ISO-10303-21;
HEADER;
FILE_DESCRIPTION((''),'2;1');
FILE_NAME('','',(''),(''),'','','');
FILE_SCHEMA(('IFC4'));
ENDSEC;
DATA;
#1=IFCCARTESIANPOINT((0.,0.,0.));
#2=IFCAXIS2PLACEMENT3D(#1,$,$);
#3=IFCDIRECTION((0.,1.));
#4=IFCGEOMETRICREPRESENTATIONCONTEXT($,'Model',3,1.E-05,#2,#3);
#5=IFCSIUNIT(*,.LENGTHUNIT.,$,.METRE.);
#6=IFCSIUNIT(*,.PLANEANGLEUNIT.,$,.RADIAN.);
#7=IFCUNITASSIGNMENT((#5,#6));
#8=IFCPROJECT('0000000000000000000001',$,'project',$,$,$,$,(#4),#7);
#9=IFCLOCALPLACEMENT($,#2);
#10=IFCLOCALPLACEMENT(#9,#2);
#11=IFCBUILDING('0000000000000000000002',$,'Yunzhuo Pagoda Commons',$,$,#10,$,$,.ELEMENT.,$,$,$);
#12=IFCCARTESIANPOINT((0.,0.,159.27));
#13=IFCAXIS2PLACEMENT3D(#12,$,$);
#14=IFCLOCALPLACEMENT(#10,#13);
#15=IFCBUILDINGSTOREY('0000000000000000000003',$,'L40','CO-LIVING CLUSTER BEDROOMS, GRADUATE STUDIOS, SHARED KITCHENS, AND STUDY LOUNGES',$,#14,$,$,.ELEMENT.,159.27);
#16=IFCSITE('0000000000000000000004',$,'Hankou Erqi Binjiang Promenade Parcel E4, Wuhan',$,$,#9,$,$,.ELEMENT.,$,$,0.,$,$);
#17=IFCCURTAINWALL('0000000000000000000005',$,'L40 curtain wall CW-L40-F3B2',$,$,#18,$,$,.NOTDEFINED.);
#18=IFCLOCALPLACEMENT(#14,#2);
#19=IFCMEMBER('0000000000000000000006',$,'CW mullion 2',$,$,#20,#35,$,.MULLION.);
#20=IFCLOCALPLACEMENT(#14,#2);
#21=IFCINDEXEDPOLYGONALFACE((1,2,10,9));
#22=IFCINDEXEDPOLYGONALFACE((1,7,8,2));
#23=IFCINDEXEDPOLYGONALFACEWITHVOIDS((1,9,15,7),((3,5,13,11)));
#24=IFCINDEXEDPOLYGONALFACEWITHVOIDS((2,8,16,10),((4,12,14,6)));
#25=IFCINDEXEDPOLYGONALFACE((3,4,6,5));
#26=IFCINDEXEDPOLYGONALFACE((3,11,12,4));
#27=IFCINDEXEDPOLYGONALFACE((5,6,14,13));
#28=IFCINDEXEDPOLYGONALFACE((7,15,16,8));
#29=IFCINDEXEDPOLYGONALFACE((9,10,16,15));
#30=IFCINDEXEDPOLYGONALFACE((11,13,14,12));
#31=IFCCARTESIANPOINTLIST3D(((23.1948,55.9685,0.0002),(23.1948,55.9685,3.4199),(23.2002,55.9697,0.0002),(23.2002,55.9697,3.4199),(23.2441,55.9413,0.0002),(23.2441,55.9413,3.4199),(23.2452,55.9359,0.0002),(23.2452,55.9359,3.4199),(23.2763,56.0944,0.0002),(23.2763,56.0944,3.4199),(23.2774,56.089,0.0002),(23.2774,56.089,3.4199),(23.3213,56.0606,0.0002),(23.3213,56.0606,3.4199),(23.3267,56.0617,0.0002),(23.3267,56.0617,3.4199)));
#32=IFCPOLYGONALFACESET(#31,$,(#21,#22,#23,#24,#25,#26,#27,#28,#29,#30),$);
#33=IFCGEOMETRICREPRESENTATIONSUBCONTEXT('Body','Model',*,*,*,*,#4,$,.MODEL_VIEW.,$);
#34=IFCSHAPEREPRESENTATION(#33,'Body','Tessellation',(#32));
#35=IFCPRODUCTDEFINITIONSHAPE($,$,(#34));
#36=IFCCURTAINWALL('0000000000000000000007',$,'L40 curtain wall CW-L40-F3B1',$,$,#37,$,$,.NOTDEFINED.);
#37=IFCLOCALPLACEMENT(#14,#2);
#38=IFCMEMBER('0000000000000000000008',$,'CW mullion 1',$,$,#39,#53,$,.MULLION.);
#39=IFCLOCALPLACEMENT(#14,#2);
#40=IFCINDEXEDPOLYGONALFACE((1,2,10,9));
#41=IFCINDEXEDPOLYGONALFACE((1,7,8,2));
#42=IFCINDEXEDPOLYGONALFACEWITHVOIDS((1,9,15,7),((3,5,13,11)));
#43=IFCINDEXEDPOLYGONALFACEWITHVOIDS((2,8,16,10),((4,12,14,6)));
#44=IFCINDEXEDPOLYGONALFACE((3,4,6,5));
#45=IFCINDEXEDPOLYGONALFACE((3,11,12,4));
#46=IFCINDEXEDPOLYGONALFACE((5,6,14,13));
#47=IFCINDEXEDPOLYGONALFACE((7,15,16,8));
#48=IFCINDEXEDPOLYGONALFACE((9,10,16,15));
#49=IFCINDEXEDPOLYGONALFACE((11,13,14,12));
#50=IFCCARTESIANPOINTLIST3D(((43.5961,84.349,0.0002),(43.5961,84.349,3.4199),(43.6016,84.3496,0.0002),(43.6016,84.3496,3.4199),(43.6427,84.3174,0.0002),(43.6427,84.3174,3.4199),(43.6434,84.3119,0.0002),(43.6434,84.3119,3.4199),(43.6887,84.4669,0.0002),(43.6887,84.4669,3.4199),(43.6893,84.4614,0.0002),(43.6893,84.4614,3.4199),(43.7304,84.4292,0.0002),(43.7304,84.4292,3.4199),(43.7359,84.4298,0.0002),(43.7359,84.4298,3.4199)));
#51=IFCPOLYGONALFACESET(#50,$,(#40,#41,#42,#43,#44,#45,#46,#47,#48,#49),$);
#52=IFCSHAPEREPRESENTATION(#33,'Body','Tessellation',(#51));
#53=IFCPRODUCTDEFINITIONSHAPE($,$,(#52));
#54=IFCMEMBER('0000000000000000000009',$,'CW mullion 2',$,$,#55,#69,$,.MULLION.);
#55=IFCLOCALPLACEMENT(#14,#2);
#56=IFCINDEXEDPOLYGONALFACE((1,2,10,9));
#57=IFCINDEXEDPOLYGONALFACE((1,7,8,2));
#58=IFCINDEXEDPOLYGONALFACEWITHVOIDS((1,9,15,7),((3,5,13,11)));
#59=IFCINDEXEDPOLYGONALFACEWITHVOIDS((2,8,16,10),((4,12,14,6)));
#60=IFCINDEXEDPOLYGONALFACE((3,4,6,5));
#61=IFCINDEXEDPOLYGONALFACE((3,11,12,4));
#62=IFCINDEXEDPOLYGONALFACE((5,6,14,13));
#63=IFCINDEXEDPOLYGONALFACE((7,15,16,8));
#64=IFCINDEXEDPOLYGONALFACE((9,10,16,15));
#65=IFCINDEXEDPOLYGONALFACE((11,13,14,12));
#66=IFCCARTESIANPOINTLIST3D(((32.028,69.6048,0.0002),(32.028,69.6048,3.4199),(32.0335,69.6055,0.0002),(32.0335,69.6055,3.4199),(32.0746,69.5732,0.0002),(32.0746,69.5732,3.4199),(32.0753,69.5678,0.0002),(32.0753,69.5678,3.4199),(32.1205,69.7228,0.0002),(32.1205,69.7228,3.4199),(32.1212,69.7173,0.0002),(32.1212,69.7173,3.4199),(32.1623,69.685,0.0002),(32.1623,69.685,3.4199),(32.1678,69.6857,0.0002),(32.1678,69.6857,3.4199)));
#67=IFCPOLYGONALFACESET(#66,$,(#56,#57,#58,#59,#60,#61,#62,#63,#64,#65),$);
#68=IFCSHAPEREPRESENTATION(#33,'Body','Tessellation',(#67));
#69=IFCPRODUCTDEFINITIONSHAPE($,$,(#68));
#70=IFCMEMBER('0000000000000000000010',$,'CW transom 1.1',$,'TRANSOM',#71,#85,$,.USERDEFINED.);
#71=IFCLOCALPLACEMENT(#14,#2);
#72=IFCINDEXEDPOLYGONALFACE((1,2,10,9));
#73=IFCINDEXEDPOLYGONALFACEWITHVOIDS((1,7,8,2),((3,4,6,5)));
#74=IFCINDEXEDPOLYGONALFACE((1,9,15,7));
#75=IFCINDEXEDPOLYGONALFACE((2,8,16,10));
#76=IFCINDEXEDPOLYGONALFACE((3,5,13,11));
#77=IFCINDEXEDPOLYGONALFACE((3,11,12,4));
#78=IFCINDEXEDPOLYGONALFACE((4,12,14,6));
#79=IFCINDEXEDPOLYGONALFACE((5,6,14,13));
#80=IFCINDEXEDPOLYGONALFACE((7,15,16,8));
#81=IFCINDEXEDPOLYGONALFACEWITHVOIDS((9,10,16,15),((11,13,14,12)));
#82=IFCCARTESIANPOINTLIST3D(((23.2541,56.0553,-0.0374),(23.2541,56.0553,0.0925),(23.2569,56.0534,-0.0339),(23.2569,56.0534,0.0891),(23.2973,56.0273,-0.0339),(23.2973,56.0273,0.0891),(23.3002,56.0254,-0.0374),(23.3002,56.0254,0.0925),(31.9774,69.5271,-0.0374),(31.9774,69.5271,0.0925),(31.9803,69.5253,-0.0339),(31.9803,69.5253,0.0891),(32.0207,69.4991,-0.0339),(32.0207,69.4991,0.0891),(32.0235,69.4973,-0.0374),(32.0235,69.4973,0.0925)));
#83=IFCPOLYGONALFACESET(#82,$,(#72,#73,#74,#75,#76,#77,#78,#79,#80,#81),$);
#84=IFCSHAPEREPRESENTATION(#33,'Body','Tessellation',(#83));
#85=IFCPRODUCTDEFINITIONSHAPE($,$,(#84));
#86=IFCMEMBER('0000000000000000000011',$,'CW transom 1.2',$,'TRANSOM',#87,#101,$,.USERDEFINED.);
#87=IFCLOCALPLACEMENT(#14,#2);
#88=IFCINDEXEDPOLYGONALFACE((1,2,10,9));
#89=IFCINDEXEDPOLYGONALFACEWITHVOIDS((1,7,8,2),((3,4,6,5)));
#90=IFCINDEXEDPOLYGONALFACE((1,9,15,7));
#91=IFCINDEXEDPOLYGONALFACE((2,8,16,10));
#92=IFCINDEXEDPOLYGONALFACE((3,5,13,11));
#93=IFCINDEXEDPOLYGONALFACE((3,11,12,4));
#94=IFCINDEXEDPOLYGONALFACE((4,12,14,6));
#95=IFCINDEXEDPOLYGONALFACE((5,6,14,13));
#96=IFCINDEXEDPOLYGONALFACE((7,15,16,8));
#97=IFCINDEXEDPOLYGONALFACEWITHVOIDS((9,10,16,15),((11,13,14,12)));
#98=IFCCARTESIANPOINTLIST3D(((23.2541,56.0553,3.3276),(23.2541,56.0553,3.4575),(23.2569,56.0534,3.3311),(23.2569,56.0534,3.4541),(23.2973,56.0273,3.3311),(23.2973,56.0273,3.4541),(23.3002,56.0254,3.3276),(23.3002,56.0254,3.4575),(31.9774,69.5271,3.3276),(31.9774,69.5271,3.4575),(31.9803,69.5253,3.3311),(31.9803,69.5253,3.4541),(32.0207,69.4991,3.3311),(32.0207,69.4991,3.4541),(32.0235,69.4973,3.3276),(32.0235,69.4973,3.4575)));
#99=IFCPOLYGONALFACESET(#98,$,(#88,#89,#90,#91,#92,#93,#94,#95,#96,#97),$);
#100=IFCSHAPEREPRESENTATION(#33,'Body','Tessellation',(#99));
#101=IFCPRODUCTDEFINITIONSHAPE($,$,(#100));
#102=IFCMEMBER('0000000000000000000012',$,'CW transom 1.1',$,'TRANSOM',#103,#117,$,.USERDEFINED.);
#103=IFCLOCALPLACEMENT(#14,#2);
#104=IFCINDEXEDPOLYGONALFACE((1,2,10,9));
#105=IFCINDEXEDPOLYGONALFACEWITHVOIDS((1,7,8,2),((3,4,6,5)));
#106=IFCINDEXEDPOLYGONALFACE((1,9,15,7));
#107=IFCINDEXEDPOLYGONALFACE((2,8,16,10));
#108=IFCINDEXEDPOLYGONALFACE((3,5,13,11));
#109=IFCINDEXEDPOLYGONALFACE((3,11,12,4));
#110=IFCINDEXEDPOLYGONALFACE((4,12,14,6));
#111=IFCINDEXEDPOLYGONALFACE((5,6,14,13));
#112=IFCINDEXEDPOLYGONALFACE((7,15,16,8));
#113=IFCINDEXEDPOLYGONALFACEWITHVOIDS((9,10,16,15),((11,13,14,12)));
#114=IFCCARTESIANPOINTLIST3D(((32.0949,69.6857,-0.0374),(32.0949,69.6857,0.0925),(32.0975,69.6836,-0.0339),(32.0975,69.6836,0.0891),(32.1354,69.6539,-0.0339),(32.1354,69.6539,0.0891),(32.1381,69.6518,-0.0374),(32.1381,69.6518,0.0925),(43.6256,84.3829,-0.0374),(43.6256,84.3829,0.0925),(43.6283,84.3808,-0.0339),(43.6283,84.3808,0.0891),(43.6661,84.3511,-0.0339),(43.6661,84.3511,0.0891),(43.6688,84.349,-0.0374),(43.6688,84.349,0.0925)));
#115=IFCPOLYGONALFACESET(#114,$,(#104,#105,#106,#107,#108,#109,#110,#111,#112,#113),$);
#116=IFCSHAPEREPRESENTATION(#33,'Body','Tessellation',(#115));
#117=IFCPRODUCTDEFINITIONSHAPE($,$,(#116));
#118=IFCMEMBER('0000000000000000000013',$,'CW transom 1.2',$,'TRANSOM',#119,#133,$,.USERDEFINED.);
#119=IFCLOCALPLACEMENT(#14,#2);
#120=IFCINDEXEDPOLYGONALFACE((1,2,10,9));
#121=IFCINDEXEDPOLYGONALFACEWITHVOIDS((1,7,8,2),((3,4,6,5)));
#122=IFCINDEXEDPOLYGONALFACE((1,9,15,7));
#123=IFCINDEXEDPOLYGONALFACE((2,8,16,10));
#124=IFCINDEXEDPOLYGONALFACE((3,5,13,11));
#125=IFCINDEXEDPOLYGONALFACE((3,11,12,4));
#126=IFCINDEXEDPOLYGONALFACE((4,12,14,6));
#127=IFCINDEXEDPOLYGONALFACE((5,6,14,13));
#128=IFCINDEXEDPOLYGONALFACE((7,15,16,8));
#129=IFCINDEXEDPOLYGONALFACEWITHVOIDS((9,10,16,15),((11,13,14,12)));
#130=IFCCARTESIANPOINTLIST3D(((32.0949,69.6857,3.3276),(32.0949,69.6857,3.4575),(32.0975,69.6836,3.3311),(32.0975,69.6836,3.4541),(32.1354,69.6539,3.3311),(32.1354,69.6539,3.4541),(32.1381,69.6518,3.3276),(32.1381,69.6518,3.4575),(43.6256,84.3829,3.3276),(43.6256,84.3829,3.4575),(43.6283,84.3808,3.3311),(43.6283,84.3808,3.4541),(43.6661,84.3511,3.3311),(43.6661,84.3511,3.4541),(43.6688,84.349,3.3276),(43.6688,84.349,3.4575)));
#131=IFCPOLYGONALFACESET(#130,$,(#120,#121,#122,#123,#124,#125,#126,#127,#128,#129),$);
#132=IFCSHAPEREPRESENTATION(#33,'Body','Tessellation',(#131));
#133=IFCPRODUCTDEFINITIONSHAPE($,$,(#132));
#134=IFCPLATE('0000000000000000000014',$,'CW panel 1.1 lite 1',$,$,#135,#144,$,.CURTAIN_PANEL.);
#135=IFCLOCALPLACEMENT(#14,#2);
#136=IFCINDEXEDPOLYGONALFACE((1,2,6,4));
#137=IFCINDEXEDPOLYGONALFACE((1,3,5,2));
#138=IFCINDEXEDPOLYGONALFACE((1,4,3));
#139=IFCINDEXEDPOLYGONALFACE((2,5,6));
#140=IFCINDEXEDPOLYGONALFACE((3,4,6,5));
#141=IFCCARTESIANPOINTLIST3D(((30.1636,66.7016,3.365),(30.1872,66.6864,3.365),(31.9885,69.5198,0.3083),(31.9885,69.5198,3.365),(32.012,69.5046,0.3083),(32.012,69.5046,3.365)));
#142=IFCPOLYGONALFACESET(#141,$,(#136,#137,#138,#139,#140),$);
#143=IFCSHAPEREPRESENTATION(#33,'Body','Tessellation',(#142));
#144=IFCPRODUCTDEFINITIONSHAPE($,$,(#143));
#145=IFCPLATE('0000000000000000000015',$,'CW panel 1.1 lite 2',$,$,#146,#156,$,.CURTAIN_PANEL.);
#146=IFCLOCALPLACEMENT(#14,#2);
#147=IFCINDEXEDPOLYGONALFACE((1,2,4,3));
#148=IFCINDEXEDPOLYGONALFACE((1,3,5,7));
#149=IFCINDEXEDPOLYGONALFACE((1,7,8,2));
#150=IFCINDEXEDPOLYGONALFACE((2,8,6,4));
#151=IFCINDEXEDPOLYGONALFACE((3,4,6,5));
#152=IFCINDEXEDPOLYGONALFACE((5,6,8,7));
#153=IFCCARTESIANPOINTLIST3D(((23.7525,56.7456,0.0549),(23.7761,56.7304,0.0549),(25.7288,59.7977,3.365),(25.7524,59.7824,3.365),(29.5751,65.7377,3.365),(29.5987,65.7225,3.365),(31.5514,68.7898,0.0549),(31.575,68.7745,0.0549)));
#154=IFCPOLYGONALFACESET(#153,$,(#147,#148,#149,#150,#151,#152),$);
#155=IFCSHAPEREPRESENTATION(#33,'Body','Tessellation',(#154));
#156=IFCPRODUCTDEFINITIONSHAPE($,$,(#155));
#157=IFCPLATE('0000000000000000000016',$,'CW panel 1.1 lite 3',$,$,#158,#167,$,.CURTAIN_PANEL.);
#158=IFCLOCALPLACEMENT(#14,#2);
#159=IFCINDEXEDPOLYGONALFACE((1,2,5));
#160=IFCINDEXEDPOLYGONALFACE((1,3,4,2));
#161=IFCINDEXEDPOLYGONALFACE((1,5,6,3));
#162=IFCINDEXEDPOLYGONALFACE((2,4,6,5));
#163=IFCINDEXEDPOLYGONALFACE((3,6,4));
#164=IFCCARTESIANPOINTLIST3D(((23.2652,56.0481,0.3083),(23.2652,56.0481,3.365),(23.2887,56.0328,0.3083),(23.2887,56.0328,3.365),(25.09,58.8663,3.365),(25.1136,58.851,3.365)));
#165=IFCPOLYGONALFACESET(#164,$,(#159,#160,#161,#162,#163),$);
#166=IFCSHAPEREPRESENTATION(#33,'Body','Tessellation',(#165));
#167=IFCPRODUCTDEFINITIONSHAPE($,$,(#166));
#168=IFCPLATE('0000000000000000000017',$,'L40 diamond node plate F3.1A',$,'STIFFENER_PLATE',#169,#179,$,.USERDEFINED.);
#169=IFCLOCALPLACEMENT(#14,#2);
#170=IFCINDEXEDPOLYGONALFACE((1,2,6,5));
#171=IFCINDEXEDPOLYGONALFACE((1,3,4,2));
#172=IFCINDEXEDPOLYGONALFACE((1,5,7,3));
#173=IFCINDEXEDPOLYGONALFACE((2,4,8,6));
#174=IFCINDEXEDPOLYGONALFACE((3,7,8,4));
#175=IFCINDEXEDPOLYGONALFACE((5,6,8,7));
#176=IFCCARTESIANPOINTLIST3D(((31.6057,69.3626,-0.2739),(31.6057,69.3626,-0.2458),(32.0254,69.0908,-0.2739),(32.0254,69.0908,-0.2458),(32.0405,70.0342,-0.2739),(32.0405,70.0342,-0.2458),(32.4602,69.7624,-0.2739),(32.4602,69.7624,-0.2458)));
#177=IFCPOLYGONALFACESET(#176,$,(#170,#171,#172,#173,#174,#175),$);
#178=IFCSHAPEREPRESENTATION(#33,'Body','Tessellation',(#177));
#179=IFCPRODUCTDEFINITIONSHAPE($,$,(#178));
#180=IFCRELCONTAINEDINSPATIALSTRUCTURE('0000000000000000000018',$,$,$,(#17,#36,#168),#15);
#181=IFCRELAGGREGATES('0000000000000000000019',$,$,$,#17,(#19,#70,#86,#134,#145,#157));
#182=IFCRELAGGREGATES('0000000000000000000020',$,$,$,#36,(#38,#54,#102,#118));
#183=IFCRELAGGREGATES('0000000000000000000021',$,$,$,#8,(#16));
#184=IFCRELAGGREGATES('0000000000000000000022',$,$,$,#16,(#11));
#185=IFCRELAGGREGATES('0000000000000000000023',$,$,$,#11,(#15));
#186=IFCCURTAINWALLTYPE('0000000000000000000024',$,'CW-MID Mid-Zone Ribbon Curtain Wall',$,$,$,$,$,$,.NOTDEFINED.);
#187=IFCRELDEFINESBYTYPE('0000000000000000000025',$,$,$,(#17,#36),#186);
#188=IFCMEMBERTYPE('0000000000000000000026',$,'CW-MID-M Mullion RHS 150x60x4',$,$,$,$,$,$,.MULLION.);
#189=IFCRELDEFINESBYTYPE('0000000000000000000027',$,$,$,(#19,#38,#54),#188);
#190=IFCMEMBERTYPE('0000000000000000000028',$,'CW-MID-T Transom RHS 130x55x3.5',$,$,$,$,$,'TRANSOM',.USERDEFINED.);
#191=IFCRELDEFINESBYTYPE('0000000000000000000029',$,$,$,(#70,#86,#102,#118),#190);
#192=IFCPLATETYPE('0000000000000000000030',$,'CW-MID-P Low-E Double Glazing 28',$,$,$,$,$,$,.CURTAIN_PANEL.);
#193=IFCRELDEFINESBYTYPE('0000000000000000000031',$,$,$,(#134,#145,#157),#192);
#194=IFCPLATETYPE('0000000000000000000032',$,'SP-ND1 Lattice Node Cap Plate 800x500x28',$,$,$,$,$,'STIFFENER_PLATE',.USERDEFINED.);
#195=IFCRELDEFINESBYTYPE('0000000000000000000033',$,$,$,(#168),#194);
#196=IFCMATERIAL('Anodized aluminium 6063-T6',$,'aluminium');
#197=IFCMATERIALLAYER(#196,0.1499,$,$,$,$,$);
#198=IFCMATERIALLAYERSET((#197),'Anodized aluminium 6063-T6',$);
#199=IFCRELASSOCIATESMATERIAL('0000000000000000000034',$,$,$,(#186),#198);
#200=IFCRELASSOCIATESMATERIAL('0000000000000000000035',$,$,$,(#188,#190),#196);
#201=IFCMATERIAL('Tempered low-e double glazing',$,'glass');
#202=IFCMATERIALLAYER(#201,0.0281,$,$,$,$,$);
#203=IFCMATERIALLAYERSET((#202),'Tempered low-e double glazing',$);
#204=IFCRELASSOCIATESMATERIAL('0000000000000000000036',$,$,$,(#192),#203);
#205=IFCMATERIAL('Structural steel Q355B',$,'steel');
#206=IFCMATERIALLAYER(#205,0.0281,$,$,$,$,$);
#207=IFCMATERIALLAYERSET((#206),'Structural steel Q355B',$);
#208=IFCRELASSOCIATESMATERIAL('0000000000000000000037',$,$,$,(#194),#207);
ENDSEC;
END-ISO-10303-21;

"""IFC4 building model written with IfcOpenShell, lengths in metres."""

from ifc_helpers import new_model, si_unit, direction, frame, origin, origin_2d, place, context, subcontext, project, spatial, polyline, rectangle, hollow_rectangle, outline, extrude, source, transform, mapped, material, layer, layer_set, material_profile, profile_set, type_object, element, aggregate, save


model = new_model("IFC4")

# Units and contexts
model_context = context("Model", 3, precision=1e-05, world=origin(), true_north=direction((0.0, 1.0)))
body_context = subcontext(model_context, "Body", "Model", "MODEL_VIEW")
ifc_project = project(units=[si_unit("LENGTHUNIT", "METRE"), si_unit("PLANEANGLEUNIT", "RADIAN")], contexts=[model_context])

# Site, building, storey
site_placement = place(None, origin())
site = spatial("IfcSite", under=ifc_project, at=site_placement, Name="Hankou Erqi Binjiang Promenade Parcel E4, Wuhan", CompositionType="ELEMENT", RefElevation=0.0)
building_placement = place(site_placement, origin())
building = spatial("IfcBuilding", under=site, at=building_placement, Name="Yunzhuo Pagoda Commons", CompositionType="ELEMENT")
storey_placement = place(building_placement, frame((0.0, 0.0, 159.27)))
storey = spatial("IfcBuildingStorey", under=building, at=storey_placement, Name="L40", Description="CO-LIVING CLUSTER BEDROOMS, GRADUATE STUDIOS, SHARED KITCHENS, AND STUDY LOUNGES", CompositionType="ELEMENT", Elevation=159.27)

# Shared definitions
ifc_material_1 = material(Name="Structural steel Q355B", Category="steel")

# Curtain walls, members
ifc_material_2 = material(Name="Anodized aluminium 6063-T6", Category="aluminium")
ifc_layer_1 = layer(ifc_material_2, 0.1499)
ifc_layer_set_1 = layer_set([ifc_layer_1], Name="Anodized aluminium 6063-T6")
curtain_wall_type = type_object("IfcCurtainWallType", Name="CW-MID Mid-Zone Ribbon Curtain Wall", PredefinedType="NOTDEFINED", material=ifc_layer_set_1)
curtain_wall_1_placement = place(storey_placement, origin())
curtain_wall_1 = element("IfcCurtainWall", 1, at=curtain_wall_1_placement, inside=storey, type_object=curtain_wall_type, Name="L40 curtain wall CW-L40-F3B2", PredefinedType="NOTDEFINED")
ifc_material_profile_1 = material_profile(ifc_material_2, hollow_rectangle(XDim=0.0601, YDim=0.1499, WallThickness=0.0039, at=origin_2d()), Name="Anodized aluminium 6063-T6")
ifc_profile_set_1 = profile_set([ifc_material_profile_1], Name="Anodized aluminium 6063-T6")
member_type_1 = type_object("IfcMemberType", Name="CW-MID-M Mullion RHS 150x60x4", PredefinedType="MULLION", material=ifc_profile_set_1)
shared_shape_1 = source(origin(), body_context, "Body", "SweptSolid", [
    extrude(hollow_rectangle(XDim=0.0601, YDim=0.1499, WallThickness=0.0039, at=origin_2d()), origin(), (0.0, 0.0, 1.0), 3.4197),
])
member_1_placement = place(storey_placement, frame((23.2607, 56.0151, 0.0002), z_axis=(0.0, 0.0, 1.0), x_axis=(0.839393, -0.543526, 0.0)))
member_1 = element("IfcMember", 2, at=member_1_placement, type_object=member_type_1, Name="CW mullion 2", PredefinedType="MULLION", context=body_context, shape_type="MappedRepresentation", body=[
    mapped(shared_shape_1, transform((0.0, 0.0, 0.0), scale=1.0)),
])
curtain_wall_2_placement = place(storey_placement, origin())
curtain_wall_2 = element("IfcCurtainWall", 3, at=curtain_wall_2_placement, inside=storey, type_object=curtain_wall_type, Name="L40 curtain wall CW-L40-F3B1", PredefinedType="NOTDEFINED")
member_2_placement = place(storey_placement, frame((43.666, 84.3894, 0.0002), z_axis=(0.0, 0.0, 1.0), x_axis=(0.786759, -0.61726, 0.0)))
member_2 = element("IfcMember", 4, at=member_2_placement, type_object=member_type_1, Name="CW mullion 1", PredefinedType="MULLION", context=body_context, shape_type="MappedRepresentation", body=[
    mapped(shared_shape_1, transform((0.0, 0.0, 0.0), scale=1.0)),
])
member_3_placement = place(storey_placement, frame((32.0979, 69.6453, 0.0002), z_axis=(0.0, 0.0, 1.0), x_axis=(0.786759, -0.61726, 0.0)))
member_3 = element("IfcMember", 5, at=member_3_placement, type_object=member_type_1, Name="CW mullion 2", PredefinedType="MULLION", context=body_context, shape_type="MappedRepresentation", body=[
    mapped(shared_shape_1, transform((0.0, 0.0, 0.0), scale=1.0)),
])

# Members
ifc_material_profile_2 = material_profile(ifc_material_2, hollow_rectangle(XDim=0.0549, YDim=0.1299, WallThickness=0.0034, at=origin_2d()), Name="Anodized aluminium 6063-T6")
ifc_profile_set_2 = profile_set([ifc_material_profile_2], Name="Anodized aluminium 6063-T6")
member_type_2 = type_object("IfcMemberType", Name="CW-MID-T Transom RHS 130x55x3.5", ElementType="TRANSOM", PredefinedType="USERDEFINED", material=ifc_profile_set_2)
shared_shape_2 = source(origin(), body_context, "Body", "SweptSolid", [
    extrude(hollow_rectangle(XDim=0.0549, YDim=0.1299, WallThickness=0.0034, at=origin_2d()), origin(), (0.0, 0.0, 1.0), 16.0496),
])
member_4_placement = place(storey_placement, frame((32.0005, 69.5122, 0.0276), z_axis=(-0.543526, -0.839392, 0.0), x_axis=(0.839392, -0.543526, 0.0)))
member_4 = element("IfcMember", 6, at=member_4_placement, type_object=member_type_2, Name="CW transom 1.1", ObjectType="TRANSOM", PredefinedType="USERDEFINED", context=body_context, shape_type="MappedRepresentation", body=[
    mapped(shared_shape_2, transform((0.0, 0.0, 0.0), scale=1.0)),
])
member_5_placement = place(storey_placement, frame((32.0005, 69.5122, 3.3926), z_axis=(-0.543526, -0.839392, 0.0), x_axis=(0.839392, -0.543526, 0.0)))
member_5 = element("IfcMember", 7, at=member_5_placement, type_object=member_type_2, Name="CW transom 1.2", ObjectType="TRANSOM", PredefinedType="USERDEFINED", context=body_context, shape_type="MappedRepresentation", body=[
    mapped(shared_shape_2, transform((0.0, 0.0, 0.0), scale=1.0)),
])
shared_shape_3 = source(origin(), body_context, "Body", "SweptSolid", [
    extrude(hollow_rectangle(XDim=0.0549, YDim=0.1299, WallThickness=0.0034, at=origin_2d()), origin(), (0.0, 0.0, 1.0), 18.6807),
])
member_6_placement = place(storey_placement, frame((43.6472, 84.366, 0.0276), z_axis=(-0.617256, -0.786763, 0.0), x_axis=(0.786763, -0.617256, 0.0)))
member_6 = element("IfcMember", 8, at=member_6_placement, type_object=member_type_2, Name="CW transom 1.1", ObjectType="TRANSOM", PredefinedType="USERDEFINED", context=body_context, shape_type="MappedRepresentation", body=[
    mapped(shared_shape_3, transform((0.0, 0.0, 0.0), scale=1.0)),
])
member_7_placement = place(storey_placement, frame((43.6472, 84.366, 3.3926), z_axis=(-0.617256, -0.786763, 0.0), x_axis=(0.786763, -0.617256, 0.0)))
member_7 = element("IfcMember", 9, at=member_7_placement, type_object=member_type_2, Name="CW transom 1.2", ObjectType="TRANSOM", PredefinedType="USERDEFINED", context=body_context, shape_type="MappedRepresentation", body=[
    mapped(shared_shape_3, transform((0.0, 0.0, 0.0), scale=1.0)),
])

# Plates
ifc_material_3 = material(Name="Tempered low-e double glazing", Category="glass")
ifc_layer_2 = layer(ifc_material_3, 0.0281)
ifc_layer_set_2 = layer_set([ifc_layer_2], Name="Tempered low-e double glazing")
plate_type_1 = type_object("IfcPlateType", Name="CW-MID-P Low-E Double Glazing 28", PredefinedType="CURTAIN_PANEL", material=ifc_layer_set_2)
plate_1_placement = place(storey_placement, frame((31.0996, 68.0955, 1.8367), z_axis=(-0.839393, 0.543526, 0.0), x_axis=(-0.543526, -0.839393, 0.0)))
plate_1 = element("IfcPlate", 10, at=plate_1_placement, type_object=plate_type_1, Name="CW panel 1.1 lite 1", PredefinedType="CURTAIN_PANEL", context=body_context, shape_type="SweptSolid", body=[
    extrude(outline(polyline([(-1.6787, -1.5283), (1.6787, 1.5283), (-1.6787, 1.5283), (-1.6787, -1.5283)])), origin(), (0.0, 0.0, 1.0), 0.0281),
])
plate_2_placement = place(storey_placement, frame((27.6755, 62.7524, 1.71), z_axis=(-0.839393, 0.543526, 0.0), x_axis=(-0.543526, -0.839393, 0.0)))
plate_2 = element("IfcPlate", 11, at=plate_2_placement, type_object=plate_type_1, Name="CW panel 1.1 lite 2", PredefinedType="CURTAIN_PANEL", context=body_context, shape_type="SweptSolid", body=[
    extrude(outline(polyline([(-7.1743, -1.655), (7.1743, -1.655), (3.5383, 1.655), (-3.5383, 1.655), (-7.1743, -1.655)])), origin(), (0.0, 0.0, 1.0), 0.0281),
])
plate_3_placement = place(storey_placement, frame((24.2012, 57.4419, 1.8367), z_axis=(-0.839393, 0.543526, 0.0), x_axis=(-0.543526, -0.839393, 0.0)))
plate_3 = element("IfcPlate", 12, at=plate_3_placement, type_object=plate_type_1, Name="CW panel 1.1 lite 3", PredefinedType="CURTAIN_PANEL", context=body_context, shape_type="SweptSolid", body=[
    extrude(outline(polyline([(-1.6787, 1.5283), (1.6787, -1.5283), (1.6787, 1.5283), (-1.6787, 1.5283)])), origin(), (0.0, 0.0, 1.0), 0.0281),
])
aggregate(curtain_wall_1, [member_1, member_4, member_5, plate_1, plate_2, plate_3])

# Plate
ifc_layer_3 = layer(ifc_material_1, 0.0281)
ifc_layer_set_3 = layer_set([ifc_layer_3], Name="Structural steel Q355B")
plate_type_2 = type_object("IfcPlateType", Name="SP-ND1 Lattice Node Cap Plate 800x500x28", ElementType="STIFFENER_PLATE", PredefinedType="USERDEFINED", material=ifc_layer_set_3)
shared_shape_4 = source(origin(), body_context, "Body", "SweptSolid", [
    extrude(rectangle(XDim=0.8, YDim=0.5, at=origin_2d()), origin(), (0.0, 0.0, 1.0), 0.0281),
])
plate_4_placement = place(storey_placement, frame((32.033, 69.5625, -0.2739), z_axis=(0.0, 0.0, 1.0), x_axis=(-0.543526, -0.839392, 0.0)))
element("IfcPlate", 13, at=plate_4_placement, inside=storey, type_object=plate_type_2, Name="L40 diamond node plate F3.1A", ObjectType="STIFFENER_PLATE", PredefinedType="USERDEFINED", context=body_context, shape_type="MappedRepresentation", body=[
    mapped(shared_shape_4, transform((0.0, 0.0, 0.0), scale=1.0)),
])

aggregate(curtain_wall_2, [member_2, member_3, member_6, member_7])

save(model, "model.ifc")
